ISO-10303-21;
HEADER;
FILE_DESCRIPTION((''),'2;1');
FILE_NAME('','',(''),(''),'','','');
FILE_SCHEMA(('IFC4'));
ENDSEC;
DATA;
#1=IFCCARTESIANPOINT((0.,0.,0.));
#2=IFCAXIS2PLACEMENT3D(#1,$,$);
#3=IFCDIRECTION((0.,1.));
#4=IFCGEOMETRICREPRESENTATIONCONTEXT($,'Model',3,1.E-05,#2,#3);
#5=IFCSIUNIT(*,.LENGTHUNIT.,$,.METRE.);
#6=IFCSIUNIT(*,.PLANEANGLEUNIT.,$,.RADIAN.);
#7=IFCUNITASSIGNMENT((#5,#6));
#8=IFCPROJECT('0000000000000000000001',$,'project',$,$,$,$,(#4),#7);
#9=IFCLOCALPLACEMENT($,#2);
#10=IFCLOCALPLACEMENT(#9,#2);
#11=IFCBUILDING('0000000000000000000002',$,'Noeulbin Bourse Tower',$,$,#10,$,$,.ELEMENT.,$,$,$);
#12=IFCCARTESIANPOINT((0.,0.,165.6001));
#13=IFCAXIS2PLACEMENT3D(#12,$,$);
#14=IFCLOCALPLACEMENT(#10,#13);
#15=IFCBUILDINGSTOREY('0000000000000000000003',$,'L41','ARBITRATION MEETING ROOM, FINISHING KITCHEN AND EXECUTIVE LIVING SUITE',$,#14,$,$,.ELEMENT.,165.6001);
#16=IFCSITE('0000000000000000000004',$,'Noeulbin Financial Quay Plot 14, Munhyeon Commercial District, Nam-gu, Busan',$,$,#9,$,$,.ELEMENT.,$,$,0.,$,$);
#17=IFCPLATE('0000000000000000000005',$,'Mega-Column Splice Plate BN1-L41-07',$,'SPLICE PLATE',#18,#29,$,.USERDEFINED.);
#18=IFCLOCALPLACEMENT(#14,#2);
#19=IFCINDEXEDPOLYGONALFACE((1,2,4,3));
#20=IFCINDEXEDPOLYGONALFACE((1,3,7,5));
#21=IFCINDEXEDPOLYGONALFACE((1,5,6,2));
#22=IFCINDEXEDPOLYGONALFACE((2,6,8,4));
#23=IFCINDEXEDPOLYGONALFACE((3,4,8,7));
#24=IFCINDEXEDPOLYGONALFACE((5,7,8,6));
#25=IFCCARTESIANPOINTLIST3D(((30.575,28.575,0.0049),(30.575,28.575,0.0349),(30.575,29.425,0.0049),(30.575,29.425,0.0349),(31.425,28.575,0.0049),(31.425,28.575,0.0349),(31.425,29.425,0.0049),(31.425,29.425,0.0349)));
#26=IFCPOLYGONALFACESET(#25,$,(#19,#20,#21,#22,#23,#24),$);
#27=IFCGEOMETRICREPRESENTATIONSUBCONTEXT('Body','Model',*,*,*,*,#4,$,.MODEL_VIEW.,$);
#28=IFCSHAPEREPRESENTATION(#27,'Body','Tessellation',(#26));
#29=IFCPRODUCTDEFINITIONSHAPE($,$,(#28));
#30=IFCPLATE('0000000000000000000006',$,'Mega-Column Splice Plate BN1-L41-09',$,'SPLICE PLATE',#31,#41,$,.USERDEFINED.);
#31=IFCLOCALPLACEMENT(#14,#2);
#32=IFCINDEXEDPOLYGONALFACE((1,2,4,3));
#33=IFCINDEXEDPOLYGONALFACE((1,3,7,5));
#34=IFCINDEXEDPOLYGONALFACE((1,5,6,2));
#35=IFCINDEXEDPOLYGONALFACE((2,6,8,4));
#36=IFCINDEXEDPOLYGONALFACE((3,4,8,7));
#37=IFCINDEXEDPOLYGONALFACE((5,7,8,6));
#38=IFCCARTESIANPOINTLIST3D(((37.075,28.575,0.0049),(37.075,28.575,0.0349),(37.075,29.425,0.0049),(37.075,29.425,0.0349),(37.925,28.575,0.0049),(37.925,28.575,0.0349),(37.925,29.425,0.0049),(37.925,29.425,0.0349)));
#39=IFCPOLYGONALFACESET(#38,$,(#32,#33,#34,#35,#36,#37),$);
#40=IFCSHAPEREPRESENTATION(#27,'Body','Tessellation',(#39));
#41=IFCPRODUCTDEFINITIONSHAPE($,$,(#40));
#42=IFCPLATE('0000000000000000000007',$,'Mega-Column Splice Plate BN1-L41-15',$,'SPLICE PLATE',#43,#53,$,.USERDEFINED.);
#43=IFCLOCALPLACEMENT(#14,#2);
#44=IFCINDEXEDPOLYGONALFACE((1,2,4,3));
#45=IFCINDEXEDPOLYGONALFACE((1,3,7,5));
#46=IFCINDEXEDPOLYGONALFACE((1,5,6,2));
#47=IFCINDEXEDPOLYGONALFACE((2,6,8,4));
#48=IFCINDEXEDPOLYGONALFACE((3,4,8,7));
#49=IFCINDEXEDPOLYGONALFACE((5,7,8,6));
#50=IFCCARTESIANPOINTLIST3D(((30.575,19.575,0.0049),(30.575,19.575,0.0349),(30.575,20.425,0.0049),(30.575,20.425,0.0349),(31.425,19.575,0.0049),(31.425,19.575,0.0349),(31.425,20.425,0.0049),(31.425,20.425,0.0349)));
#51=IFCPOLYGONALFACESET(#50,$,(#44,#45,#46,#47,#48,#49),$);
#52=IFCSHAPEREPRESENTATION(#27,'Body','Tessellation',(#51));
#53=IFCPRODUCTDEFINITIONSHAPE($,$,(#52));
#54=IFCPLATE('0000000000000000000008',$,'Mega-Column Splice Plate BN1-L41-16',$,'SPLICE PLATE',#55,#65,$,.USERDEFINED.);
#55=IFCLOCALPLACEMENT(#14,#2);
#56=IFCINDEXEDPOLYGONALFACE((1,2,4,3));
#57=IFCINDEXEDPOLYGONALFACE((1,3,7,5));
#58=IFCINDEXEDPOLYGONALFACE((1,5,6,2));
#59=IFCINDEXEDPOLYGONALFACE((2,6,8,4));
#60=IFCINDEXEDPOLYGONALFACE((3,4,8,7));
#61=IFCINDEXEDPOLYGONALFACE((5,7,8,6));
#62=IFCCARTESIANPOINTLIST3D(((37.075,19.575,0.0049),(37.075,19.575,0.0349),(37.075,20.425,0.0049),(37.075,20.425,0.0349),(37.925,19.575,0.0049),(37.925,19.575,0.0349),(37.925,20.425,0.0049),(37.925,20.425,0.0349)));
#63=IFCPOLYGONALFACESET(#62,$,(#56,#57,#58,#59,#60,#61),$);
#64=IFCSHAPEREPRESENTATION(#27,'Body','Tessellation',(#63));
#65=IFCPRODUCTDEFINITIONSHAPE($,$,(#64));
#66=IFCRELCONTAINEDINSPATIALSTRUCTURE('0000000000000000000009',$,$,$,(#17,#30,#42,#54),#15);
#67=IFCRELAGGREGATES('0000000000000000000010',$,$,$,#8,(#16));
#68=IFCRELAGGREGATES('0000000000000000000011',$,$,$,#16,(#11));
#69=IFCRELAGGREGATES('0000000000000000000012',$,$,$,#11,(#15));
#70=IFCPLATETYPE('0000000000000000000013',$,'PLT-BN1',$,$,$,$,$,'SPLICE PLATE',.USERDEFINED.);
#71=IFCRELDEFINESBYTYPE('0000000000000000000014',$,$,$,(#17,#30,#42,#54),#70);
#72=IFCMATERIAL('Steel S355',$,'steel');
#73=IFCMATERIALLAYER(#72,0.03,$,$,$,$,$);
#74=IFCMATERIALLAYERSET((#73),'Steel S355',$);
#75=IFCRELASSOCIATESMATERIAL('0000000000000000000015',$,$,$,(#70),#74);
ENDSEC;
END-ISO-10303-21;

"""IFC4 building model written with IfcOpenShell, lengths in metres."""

from ifc_helpers import new_model, si_unit, direction, frame, origin, origin_2d, place, context, subcontext, project, spatial, rectangle, extrude, material, layer, layer_set, type_object, element, save


model = new_model("IFC4")

# Units and contexts
model_context = context("Model", 3, precision=1e-05, world=origin(), true_north=direction((0.0, 1.0)))
body_context = subcontext(model_context, "Body", "Model", "MODEL_VIEW")
ifc_project = project(units=[si_unit("LENGTHUNIT", "METRE"), si_unit("PLANEANGLEUNIT", "RADIAN")], contexts=[model_context])

# Site, building, storey
site_placement = place(None, origin())
site = spatial("IfcSite", under=ifc_project, at=site_placement, Name="Noeulbin Financial Quay Plot 14, Munhyeon Commercial District, Nam-gu, Busan", CompositionType="ELEMENT", RefElevation=0.0)
building_placement = place(site_placement, origin())
building = spatial("IfcBuilding", under=site, at=building_placement, Name="Noeulbin Bourse Tower", CompositionType="ELEMENT")
storey_placement = place(building_placement, frame((0.0, 0.0, 165.6001)))
storey = spatial("IfcBuildingStorey", under=building, at=storey_placement, Name="L41", Description="ARBITRATION MEETING ROOM, FINISHING KITCHEN AND EXECUTIVE LIVING SUITE", CompositionType="ELEMENT", Elevation=165.6001)

# Shared definitions
ifc_material_1 = material(Name="Steel S355", Category="steel")

# Plates
ifc_layer = layer(ifc_material_1, 0.03)
ifc_layer_set = layer_set([ifc_layer], Name="Steel S355")
plate_type = type_object("IfcPlateType", Name="PLT-BN1", ElementType="SPLICE PLATE", PredefinedType="USERDEFINED", material=ifc_layer_set)
for number, where, z_axis, x_axis, name in (
    (1, (31.0, 29.0, 0.0049), (0.0, 0.0, 1.0), (1.0, 0.0, 0.0), "Mega-Column Splice Plate BN1-L41-07"),
    (2, (37.5, 29.0, 0.0049), (0.0, 0.0, 1.0), (1.0, 0.0, 0.0), "Mega-Column Splice Plate BN1-L41-09"),
    (3, (31.0, 20.0, 0.0049), (0.0, 0.0, 1.0), (1.0, 0.0, 0.0), "Mega-Column Splice Plate BN1-L41-15"),
    (4, (37.5, 20.0, 0.0049), (0.0, 0.0, 1.0), (1.0, 0.0, 0.0), "Mega-Column Splice Plate BN1-L41-16"),
):
    element("IfcPlate", number, at=place(storey_placement, frame(where, z_axis=z_axis, x_axis=x_axis)), inside=storey, type_object=plate_type, Name=name, ObjectType="SPLICE PLATE", PredefinedType="USERDEFINED", context=body_context, shape_type="SweptSolid", body=[
        extrude(rectangle(XDim=0.8501, YDim=0.8501, at=origin_2d()), origin(), (0.0, 0.0, 1.0), 0.03),
    ])

save(model, "model.ifc")
